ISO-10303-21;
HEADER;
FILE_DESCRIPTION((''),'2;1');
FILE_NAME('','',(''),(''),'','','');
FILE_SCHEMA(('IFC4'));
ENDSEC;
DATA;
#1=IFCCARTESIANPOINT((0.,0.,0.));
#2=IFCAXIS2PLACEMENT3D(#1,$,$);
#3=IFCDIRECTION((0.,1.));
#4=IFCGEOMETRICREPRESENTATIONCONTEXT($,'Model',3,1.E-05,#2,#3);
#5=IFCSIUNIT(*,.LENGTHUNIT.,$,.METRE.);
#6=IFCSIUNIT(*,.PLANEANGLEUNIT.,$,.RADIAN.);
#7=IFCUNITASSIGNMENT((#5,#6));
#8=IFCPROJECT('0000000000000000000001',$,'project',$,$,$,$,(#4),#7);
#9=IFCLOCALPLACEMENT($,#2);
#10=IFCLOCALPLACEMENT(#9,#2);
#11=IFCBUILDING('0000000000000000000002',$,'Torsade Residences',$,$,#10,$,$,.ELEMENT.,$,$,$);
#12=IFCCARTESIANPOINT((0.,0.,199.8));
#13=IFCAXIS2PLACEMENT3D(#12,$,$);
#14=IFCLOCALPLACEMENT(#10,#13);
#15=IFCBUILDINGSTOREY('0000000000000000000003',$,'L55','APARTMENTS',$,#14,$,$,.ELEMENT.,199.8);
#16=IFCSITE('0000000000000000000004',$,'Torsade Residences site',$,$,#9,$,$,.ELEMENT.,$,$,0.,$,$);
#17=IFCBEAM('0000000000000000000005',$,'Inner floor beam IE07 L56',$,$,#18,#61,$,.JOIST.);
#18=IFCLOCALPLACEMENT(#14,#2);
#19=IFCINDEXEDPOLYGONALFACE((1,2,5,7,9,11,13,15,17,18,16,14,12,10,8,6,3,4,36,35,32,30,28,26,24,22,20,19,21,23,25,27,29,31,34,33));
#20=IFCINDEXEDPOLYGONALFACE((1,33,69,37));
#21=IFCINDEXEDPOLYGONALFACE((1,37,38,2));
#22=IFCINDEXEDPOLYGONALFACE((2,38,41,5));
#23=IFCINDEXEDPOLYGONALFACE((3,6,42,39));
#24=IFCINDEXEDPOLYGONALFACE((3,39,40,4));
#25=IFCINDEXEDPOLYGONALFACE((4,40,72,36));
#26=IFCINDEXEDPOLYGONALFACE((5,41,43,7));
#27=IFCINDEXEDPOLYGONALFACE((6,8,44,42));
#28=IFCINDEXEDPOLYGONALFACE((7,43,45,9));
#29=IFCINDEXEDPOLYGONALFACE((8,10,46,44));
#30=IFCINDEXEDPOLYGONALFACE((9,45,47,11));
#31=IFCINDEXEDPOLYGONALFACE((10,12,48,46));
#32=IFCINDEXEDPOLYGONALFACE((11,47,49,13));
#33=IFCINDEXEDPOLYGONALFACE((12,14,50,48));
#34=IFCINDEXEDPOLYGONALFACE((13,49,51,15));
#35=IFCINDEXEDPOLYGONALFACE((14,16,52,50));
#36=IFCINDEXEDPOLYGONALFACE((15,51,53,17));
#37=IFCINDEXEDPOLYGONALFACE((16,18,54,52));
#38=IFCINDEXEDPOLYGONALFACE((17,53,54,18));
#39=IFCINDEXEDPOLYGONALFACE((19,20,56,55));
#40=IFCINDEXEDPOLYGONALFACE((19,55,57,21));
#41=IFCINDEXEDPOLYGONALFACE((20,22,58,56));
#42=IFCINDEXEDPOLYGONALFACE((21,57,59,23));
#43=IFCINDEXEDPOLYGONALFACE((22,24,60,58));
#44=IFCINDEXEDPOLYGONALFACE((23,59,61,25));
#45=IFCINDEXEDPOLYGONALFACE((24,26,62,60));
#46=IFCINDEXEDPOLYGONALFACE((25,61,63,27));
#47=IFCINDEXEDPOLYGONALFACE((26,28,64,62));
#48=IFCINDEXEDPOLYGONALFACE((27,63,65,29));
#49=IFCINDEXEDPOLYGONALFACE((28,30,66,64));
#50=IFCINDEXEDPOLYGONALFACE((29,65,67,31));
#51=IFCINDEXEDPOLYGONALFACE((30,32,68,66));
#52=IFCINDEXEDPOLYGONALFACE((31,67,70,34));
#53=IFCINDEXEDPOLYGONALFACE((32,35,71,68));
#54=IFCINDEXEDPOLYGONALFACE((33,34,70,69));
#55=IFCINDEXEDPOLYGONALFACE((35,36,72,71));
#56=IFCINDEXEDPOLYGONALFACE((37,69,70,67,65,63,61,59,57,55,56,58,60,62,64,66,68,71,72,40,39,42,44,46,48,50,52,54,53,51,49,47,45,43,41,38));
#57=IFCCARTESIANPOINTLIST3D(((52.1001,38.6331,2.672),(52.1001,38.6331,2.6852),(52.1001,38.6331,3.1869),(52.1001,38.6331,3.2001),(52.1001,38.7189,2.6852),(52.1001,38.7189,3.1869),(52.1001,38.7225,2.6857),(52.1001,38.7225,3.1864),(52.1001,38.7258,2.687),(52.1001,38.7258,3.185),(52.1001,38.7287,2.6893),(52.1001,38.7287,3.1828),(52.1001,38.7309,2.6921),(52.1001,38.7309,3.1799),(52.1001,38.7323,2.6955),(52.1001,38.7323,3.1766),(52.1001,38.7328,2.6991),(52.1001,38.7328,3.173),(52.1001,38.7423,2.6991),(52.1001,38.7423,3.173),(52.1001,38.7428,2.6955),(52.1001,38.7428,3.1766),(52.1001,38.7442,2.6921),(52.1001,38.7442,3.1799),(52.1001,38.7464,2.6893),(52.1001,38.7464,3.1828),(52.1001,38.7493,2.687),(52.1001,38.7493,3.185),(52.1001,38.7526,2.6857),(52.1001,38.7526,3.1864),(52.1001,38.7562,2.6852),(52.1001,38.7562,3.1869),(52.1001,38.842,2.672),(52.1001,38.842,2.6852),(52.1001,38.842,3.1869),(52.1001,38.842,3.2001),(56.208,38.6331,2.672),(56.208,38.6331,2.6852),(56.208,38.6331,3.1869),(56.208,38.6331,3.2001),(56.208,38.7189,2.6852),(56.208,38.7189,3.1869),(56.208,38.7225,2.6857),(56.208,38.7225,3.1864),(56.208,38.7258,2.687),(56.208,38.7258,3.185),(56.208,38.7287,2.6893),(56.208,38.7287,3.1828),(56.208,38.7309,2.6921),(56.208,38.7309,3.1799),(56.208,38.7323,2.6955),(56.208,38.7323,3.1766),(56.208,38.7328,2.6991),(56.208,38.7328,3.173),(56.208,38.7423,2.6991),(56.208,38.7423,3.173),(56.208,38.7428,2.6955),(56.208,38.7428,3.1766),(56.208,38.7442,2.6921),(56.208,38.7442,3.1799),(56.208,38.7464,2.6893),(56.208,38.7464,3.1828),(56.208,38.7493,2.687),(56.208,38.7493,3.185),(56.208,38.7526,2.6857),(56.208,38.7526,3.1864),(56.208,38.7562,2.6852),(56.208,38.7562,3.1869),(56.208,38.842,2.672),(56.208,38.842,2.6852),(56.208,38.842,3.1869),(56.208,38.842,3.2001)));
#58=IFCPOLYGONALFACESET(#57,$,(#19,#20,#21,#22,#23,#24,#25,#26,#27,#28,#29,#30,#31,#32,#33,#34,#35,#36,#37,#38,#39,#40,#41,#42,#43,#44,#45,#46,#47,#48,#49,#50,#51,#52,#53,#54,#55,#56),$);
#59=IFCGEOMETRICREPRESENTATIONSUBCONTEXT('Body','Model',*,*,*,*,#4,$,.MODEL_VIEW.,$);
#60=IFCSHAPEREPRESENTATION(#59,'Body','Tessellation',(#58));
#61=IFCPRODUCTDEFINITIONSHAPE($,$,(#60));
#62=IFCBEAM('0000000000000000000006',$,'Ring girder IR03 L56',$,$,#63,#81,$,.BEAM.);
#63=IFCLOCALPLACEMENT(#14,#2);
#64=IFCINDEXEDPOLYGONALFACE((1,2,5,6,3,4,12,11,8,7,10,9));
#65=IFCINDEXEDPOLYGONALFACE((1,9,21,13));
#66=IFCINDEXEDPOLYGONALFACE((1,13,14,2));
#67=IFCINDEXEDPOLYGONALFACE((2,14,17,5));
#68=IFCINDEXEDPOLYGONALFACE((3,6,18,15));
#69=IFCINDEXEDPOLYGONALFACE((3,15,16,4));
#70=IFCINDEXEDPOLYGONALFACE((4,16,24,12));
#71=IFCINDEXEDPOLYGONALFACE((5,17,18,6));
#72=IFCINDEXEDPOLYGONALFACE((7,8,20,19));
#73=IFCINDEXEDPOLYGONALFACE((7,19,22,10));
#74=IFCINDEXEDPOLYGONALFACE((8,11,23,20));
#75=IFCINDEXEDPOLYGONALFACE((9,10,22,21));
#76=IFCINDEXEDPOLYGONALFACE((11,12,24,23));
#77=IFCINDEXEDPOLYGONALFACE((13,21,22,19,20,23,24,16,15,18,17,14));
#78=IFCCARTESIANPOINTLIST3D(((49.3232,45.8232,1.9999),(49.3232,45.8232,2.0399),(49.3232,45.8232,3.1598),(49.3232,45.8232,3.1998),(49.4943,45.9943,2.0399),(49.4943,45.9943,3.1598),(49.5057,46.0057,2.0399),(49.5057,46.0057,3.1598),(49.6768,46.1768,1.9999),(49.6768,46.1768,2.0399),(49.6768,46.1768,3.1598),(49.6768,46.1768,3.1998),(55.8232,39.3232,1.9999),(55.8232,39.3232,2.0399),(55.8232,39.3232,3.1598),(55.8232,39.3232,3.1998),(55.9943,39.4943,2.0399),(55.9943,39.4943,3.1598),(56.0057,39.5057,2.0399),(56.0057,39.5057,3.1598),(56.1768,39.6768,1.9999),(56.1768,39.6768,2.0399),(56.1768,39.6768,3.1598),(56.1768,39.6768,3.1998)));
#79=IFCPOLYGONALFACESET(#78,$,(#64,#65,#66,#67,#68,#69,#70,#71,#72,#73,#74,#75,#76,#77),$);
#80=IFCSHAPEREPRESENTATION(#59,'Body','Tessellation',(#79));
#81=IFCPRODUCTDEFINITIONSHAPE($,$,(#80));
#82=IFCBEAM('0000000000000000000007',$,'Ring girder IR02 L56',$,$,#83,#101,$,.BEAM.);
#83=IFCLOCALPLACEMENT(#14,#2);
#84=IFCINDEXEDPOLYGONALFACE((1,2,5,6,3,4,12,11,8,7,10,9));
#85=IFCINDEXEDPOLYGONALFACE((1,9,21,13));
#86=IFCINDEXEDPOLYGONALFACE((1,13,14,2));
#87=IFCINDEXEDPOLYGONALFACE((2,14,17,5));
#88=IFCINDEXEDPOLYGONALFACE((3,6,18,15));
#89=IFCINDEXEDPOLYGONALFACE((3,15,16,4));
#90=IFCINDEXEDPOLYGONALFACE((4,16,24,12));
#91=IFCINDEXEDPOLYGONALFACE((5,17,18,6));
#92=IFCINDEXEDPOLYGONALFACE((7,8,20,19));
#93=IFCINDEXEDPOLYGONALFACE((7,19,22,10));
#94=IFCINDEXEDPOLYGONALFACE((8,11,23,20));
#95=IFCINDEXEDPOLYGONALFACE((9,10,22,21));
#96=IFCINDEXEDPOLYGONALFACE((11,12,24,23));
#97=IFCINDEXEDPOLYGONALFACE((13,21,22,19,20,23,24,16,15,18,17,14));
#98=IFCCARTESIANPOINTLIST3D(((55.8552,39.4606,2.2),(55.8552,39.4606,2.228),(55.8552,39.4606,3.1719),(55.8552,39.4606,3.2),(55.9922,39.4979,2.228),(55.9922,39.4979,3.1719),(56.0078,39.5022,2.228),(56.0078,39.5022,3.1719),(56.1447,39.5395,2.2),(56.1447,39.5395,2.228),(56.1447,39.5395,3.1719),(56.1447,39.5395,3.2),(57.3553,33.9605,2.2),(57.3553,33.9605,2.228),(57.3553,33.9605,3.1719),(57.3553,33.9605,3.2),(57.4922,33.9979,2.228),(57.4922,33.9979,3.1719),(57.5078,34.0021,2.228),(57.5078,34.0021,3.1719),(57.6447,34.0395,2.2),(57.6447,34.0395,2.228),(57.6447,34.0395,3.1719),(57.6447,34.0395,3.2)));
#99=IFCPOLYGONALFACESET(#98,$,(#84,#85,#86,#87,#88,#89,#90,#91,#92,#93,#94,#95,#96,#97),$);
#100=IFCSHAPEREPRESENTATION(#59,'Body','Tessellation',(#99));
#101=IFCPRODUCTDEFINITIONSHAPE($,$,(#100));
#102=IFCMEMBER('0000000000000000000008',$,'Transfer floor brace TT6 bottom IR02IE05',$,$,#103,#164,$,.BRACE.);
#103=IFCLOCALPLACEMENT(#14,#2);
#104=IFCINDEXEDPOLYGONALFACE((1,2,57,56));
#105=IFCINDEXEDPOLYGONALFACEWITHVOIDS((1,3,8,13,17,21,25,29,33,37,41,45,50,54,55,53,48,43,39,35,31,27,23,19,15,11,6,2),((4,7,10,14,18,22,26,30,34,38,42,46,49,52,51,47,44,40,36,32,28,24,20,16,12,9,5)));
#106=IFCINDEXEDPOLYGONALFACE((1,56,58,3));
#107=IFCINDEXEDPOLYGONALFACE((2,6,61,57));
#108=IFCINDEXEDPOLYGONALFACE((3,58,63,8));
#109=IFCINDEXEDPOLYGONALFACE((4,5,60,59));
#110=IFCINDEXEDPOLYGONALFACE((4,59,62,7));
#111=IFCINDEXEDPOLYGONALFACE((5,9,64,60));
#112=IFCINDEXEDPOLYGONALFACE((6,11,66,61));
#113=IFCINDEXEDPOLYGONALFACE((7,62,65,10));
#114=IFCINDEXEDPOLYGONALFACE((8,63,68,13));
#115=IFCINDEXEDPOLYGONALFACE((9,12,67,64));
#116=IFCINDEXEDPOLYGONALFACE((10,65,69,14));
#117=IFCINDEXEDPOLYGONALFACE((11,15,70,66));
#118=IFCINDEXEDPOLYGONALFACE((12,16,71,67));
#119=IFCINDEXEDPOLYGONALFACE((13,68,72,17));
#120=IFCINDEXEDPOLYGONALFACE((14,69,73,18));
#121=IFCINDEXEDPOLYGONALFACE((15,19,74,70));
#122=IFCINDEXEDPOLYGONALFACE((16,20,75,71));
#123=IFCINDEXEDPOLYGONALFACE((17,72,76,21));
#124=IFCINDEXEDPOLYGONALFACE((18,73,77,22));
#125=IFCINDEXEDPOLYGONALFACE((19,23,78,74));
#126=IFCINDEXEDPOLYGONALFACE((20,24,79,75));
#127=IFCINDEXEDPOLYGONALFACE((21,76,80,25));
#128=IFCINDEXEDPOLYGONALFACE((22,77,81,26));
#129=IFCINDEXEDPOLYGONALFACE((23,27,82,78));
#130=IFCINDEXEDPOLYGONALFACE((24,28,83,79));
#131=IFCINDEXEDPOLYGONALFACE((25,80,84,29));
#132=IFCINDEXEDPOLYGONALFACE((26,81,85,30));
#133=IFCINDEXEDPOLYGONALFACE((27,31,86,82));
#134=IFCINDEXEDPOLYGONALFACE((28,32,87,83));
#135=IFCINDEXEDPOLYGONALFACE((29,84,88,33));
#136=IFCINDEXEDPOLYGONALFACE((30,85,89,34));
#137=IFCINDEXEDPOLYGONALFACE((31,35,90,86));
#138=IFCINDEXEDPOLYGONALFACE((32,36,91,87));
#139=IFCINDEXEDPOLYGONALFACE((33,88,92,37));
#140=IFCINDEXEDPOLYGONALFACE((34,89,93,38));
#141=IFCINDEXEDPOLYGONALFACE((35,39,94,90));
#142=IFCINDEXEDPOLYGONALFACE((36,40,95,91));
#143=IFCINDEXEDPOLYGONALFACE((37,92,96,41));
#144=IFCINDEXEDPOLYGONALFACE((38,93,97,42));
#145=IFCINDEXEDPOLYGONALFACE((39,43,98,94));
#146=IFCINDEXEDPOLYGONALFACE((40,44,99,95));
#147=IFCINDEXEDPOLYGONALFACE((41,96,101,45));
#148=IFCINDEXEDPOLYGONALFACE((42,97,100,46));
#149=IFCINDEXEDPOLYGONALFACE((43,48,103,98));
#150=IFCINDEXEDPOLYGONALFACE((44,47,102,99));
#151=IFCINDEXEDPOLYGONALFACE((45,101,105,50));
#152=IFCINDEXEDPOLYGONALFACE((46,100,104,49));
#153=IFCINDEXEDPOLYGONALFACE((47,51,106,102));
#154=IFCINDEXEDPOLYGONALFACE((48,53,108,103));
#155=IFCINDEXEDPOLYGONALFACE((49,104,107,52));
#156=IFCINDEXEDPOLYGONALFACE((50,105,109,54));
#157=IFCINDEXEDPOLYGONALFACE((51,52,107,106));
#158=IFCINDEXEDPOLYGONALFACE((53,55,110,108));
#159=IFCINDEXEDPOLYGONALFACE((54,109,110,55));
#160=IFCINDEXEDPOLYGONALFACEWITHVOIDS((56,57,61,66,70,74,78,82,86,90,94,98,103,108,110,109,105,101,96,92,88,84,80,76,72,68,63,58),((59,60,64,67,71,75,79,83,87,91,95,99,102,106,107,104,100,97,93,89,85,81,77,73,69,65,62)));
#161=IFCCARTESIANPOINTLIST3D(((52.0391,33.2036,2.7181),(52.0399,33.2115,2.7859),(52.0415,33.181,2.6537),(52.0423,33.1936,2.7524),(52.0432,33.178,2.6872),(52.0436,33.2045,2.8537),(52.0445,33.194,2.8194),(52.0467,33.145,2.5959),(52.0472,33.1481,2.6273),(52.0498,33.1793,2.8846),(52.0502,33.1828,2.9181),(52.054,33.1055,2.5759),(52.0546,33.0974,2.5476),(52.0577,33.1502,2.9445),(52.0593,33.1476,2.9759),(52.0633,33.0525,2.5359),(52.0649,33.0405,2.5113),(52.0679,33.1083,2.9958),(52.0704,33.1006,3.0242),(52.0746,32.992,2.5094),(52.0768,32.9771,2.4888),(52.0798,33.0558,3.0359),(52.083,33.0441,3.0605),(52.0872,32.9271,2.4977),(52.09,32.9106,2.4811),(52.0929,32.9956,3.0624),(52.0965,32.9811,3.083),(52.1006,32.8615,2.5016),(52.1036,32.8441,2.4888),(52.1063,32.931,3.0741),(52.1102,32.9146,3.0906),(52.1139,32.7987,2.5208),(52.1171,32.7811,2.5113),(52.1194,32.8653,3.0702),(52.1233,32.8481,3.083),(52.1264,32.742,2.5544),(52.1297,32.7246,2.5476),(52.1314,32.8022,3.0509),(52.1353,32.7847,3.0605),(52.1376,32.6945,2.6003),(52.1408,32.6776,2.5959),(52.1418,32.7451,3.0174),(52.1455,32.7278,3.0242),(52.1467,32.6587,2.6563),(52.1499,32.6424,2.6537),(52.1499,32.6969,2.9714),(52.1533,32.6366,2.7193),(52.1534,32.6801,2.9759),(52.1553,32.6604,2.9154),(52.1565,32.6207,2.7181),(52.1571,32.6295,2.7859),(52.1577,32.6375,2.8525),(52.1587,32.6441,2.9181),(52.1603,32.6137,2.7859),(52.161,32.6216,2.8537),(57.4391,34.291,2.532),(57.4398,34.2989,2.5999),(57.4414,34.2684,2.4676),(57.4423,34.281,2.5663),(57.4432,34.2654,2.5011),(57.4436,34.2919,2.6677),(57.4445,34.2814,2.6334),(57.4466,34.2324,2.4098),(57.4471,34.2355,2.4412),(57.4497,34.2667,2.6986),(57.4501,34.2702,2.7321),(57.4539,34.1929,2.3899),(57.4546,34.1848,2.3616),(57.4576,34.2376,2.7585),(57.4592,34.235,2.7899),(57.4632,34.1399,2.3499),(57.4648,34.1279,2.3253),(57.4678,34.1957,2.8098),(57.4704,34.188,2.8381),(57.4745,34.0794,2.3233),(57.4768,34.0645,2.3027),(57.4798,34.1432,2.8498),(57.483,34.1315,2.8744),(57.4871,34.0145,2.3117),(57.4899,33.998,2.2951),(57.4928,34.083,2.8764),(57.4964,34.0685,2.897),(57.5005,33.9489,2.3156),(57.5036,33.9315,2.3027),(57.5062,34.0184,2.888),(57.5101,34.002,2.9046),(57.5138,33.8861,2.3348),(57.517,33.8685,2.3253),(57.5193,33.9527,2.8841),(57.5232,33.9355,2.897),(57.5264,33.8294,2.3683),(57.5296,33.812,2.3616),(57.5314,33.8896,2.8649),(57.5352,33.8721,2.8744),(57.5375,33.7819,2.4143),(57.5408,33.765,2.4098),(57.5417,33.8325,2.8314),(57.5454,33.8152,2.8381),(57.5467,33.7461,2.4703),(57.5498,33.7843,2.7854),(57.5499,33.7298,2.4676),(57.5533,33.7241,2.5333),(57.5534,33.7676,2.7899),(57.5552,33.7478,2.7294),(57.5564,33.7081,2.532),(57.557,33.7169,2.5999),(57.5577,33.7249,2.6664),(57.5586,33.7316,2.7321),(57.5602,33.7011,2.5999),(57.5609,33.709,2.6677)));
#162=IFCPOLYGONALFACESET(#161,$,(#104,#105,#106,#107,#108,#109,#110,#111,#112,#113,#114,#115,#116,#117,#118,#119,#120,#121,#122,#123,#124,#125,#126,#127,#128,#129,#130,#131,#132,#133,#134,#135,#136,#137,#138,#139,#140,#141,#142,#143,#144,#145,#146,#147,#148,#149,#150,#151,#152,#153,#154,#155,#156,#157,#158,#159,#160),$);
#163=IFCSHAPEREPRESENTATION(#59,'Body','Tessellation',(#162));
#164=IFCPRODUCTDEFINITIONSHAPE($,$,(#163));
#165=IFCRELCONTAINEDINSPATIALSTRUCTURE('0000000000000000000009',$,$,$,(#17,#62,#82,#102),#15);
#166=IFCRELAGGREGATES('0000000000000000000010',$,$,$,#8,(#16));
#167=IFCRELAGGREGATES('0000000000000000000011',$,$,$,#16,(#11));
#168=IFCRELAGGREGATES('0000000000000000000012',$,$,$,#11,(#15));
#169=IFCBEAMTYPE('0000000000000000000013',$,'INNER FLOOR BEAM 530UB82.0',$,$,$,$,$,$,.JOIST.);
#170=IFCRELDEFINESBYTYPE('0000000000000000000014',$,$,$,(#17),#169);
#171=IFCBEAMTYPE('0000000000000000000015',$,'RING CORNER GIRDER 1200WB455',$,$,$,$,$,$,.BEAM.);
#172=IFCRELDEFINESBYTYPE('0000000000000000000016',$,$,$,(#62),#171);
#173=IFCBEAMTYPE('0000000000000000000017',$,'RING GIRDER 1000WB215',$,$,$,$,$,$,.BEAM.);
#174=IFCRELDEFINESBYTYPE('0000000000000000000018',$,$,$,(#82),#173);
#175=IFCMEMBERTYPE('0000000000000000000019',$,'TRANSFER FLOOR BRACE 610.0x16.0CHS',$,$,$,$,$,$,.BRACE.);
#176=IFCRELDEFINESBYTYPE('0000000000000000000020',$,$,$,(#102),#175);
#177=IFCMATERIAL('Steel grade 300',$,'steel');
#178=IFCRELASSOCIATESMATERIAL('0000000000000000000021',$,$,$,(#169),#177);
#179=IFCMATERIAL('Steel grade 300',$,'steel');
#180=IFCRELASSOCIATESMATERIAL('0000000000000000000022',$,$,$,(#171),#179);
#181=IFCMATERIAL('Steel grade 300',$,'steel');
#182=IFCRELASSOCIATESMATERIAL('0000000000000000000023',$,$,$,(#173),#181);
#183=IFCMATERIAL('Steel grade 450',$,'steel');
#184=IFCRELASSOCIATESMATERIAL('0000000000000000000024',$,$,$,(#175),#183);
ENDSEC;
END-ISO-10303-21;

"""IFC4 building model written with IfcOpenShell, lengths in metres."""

from ifc_helpers import new_model, si_unit, direction, frame, origin, origin_2d, place, context, subcontext, project, spatial, hollow_circle, i_section, extrude, material, material_profile, profile_set, type_object, element, save


model = new_model("IFC4")

# Units and contexts
model_context = context("Model", 3, precision=1e-05, world=origin(), true_north=direction((0.0, 1.0)))
body_context = subcontext(model_context, "Body", "Model", "MODEL_VIEW")
ifc_project = project(units=[si_unit("LENGTHUNIT", "METRE"), si_unit("PLANEANGLEUNIT", "RADIAN")], contexts=[model_context])

# Site, building, storey
site_placement = place(None, origin())
site = spatial("IfcSite", under=ifc_project, at=site_placement, Name="Torsade Residences site", CompositionType="ELEMENT", RefElevation=0.0)
building_placement = place(site_placement, origin())
building = spatial("IfcBuilding", under=site, at=building_placement, Name="Torsade Residences", CompositionType="ELEMENT")
storey_placement = place(building_placement, frame((0.0, 0.0, 199.8)))
storey = spatial("IfcBuildingStorey", under=building, at=storey_placement, Name="L55", Description="APARTMENTS", CompositionType="ELEMENT", Elevation=199.8)

# Beams
ifc_material_1 = material(Name="Steel grade 300", Category="steel")
ifc_material_profile_1 = material_profile(ifc_material_1, i_section(OverallWidth=0.209, OverallDepth=0.5281, WebThickness=0.0095, FlangeThickness=0.0132, FilletRadius=0.0139, at=origin_2d()), Name="530UB82.0")
ifc_profile_set_1 = profile_set([ifc_material_profile_1], Name="Steel grade 300")
beam_type_1 = type_object("IfcBeamType", Name="INNER FLOOR BEAM 530UB82.0", PredefinedType="JOIST", material=ifc_profile_set_1)
beam_1_placement = place(storey_placement, frame((52.1001, 38.7375, 2.936), z_axis=(1.0, 0.0, 0.0), x_axis=(0.0, 1.0, 0.0)))
element("IfcBeam", 1, at=beam_1_placement, inside=storey, type_object=beam_type_1, Name="Inner floor beam IE07 L56", PredefinedType="JOIST", context=body_context, shape_type="SweptSolid", body=[
    extrude(i_section(OverallWidth=0.209, OverallDepth=0.5281, WebThickness=0.0095, FlangeThickness=0.0132, FilletRadius=0.0139, at=origin_2d()), origin(), (0.0, 0.0, 1.0), 4.1079),
])
ifc_material_2 = material(Name="Steel grade 300", Category="steel")
ifc_material_profile_2 = material_profile(ifc_material_2, i_section(OverallWidth=0.5, OverallDepth=1.2, WebThickness=0.0161, FlangeThickness=0.04, at=origin_2d()), Name="1200WB455")
ifc_profile_set_2 = profile_set([ifc_material_profile_2], Name="Steel grade 300")
beam_type_2 = type_object("IfcBeamType", Name="RING CORNER GIRDER 1200WB455", PredefinedType="BEAM", material=ifc_profile_set_2)
beam_2_placement = place(storey_placement, frame((56.0, 39.5, 2.5999), z_axis=(-0.707107, 0.707107, 0.0), x_axis=(-0.707107, -0.707107, 0.0)))
element("IfcBeam", 2, at=beam_2_placement, inside=storey, type_object=beam_type_2, Name="Ring girder IR03 L56", PredefinedType="BEAM", context=body_context, shape_type="SweptSolid", body=[
    extrude(i_section(OverallWidth=0.5, OverallDepth=1.2, WebThickness=0.0161, FlangeThickness=0.04, at=origin_2d()), origin(), (0.0, 0.0, 1.0), 9.1924),
])
ifc_material_3 = material(Name="Steel grade 300", Category="steel")
ifc_material_profile_3 = material_profile(ifc_material_3, i_section(OverallWidth=0.3, OverallDepth=1.0, WebThickness=0.0161, FlangeThickness=0.0281, at=origin_2d()), Name="1000WB215")
ifc_profile_set_3 = profile_set([ifc_material_profile_3], Name="Steel grade 300")
beam_type_3 = type_object("IfcBeamType", Name="RING GIRDER 1000WB215", PredefinedType="BEAM", material=ifc_profile_set_3)
beam_3_placement = place(storey_placement, frame((57.5, 34.0, 2.7), z_axis=(-0.263117, 0.964764, 0.0), x_axis=(-0.964764, -0.263117, 0.0)))
element("IfcBeam", 3, at=beam_3_placement, inside=storey, type_object=beam_type_3, Name="Ring girder IR02 L56", PredefinedType="BEAM", context=body_context, shape_type="SweptSolid", body=[
    extrude(i_section(OverallWidth=0.3, OverallDepth=1.0, WebThickness=0.0161, FlangeThickness=0.0281, at=origin_2d()), origin(), (0.0, 0.0, 1.0), 5.7009),
])

# Member
ifc_material_4 = material(Name="Steel grade 450", Category="steel")
ifc_material_profile_4 = material_profile(ifc_material_4, hollow_circle(Radius=0.3049, WallThickness=0.0161, at=origin_2d()), Name="610.0x16.0CHS")
ifc_profile_set_4 = profile_set([ifc_material_profile_4], Name="Steel grade 450")
member_type = type_object("IfcMemberType", Name="TRANSFER FLOOR BRACE 610.0x16.0CHS", PredefinedType="BRACE", material=ifc_profile_set_4)
member_1_placement = place(storey_placement, frame((57.5, 34.0, 2.5999), z_axis=(-0.979762, -0.197299, 0.033754), x_axis=(0.197412, -0.980321, 0.0)))
element("IfcMember", 4, at=member_1_placement, inside=storey, type_object=member_type, Name="Transfer floor brace TT6 bottom IR02IE05", PredefinedType="BRACE", context=body_context, shape_type="SweptSolid", body=[
    extrude(hollow_circle(Radius=0.3049, WallThickness=0.0161, at=origin_2d()), origin(), (0.0, 0.0, 1.0), 5.5115),
])

save(model, "model.ifc")
